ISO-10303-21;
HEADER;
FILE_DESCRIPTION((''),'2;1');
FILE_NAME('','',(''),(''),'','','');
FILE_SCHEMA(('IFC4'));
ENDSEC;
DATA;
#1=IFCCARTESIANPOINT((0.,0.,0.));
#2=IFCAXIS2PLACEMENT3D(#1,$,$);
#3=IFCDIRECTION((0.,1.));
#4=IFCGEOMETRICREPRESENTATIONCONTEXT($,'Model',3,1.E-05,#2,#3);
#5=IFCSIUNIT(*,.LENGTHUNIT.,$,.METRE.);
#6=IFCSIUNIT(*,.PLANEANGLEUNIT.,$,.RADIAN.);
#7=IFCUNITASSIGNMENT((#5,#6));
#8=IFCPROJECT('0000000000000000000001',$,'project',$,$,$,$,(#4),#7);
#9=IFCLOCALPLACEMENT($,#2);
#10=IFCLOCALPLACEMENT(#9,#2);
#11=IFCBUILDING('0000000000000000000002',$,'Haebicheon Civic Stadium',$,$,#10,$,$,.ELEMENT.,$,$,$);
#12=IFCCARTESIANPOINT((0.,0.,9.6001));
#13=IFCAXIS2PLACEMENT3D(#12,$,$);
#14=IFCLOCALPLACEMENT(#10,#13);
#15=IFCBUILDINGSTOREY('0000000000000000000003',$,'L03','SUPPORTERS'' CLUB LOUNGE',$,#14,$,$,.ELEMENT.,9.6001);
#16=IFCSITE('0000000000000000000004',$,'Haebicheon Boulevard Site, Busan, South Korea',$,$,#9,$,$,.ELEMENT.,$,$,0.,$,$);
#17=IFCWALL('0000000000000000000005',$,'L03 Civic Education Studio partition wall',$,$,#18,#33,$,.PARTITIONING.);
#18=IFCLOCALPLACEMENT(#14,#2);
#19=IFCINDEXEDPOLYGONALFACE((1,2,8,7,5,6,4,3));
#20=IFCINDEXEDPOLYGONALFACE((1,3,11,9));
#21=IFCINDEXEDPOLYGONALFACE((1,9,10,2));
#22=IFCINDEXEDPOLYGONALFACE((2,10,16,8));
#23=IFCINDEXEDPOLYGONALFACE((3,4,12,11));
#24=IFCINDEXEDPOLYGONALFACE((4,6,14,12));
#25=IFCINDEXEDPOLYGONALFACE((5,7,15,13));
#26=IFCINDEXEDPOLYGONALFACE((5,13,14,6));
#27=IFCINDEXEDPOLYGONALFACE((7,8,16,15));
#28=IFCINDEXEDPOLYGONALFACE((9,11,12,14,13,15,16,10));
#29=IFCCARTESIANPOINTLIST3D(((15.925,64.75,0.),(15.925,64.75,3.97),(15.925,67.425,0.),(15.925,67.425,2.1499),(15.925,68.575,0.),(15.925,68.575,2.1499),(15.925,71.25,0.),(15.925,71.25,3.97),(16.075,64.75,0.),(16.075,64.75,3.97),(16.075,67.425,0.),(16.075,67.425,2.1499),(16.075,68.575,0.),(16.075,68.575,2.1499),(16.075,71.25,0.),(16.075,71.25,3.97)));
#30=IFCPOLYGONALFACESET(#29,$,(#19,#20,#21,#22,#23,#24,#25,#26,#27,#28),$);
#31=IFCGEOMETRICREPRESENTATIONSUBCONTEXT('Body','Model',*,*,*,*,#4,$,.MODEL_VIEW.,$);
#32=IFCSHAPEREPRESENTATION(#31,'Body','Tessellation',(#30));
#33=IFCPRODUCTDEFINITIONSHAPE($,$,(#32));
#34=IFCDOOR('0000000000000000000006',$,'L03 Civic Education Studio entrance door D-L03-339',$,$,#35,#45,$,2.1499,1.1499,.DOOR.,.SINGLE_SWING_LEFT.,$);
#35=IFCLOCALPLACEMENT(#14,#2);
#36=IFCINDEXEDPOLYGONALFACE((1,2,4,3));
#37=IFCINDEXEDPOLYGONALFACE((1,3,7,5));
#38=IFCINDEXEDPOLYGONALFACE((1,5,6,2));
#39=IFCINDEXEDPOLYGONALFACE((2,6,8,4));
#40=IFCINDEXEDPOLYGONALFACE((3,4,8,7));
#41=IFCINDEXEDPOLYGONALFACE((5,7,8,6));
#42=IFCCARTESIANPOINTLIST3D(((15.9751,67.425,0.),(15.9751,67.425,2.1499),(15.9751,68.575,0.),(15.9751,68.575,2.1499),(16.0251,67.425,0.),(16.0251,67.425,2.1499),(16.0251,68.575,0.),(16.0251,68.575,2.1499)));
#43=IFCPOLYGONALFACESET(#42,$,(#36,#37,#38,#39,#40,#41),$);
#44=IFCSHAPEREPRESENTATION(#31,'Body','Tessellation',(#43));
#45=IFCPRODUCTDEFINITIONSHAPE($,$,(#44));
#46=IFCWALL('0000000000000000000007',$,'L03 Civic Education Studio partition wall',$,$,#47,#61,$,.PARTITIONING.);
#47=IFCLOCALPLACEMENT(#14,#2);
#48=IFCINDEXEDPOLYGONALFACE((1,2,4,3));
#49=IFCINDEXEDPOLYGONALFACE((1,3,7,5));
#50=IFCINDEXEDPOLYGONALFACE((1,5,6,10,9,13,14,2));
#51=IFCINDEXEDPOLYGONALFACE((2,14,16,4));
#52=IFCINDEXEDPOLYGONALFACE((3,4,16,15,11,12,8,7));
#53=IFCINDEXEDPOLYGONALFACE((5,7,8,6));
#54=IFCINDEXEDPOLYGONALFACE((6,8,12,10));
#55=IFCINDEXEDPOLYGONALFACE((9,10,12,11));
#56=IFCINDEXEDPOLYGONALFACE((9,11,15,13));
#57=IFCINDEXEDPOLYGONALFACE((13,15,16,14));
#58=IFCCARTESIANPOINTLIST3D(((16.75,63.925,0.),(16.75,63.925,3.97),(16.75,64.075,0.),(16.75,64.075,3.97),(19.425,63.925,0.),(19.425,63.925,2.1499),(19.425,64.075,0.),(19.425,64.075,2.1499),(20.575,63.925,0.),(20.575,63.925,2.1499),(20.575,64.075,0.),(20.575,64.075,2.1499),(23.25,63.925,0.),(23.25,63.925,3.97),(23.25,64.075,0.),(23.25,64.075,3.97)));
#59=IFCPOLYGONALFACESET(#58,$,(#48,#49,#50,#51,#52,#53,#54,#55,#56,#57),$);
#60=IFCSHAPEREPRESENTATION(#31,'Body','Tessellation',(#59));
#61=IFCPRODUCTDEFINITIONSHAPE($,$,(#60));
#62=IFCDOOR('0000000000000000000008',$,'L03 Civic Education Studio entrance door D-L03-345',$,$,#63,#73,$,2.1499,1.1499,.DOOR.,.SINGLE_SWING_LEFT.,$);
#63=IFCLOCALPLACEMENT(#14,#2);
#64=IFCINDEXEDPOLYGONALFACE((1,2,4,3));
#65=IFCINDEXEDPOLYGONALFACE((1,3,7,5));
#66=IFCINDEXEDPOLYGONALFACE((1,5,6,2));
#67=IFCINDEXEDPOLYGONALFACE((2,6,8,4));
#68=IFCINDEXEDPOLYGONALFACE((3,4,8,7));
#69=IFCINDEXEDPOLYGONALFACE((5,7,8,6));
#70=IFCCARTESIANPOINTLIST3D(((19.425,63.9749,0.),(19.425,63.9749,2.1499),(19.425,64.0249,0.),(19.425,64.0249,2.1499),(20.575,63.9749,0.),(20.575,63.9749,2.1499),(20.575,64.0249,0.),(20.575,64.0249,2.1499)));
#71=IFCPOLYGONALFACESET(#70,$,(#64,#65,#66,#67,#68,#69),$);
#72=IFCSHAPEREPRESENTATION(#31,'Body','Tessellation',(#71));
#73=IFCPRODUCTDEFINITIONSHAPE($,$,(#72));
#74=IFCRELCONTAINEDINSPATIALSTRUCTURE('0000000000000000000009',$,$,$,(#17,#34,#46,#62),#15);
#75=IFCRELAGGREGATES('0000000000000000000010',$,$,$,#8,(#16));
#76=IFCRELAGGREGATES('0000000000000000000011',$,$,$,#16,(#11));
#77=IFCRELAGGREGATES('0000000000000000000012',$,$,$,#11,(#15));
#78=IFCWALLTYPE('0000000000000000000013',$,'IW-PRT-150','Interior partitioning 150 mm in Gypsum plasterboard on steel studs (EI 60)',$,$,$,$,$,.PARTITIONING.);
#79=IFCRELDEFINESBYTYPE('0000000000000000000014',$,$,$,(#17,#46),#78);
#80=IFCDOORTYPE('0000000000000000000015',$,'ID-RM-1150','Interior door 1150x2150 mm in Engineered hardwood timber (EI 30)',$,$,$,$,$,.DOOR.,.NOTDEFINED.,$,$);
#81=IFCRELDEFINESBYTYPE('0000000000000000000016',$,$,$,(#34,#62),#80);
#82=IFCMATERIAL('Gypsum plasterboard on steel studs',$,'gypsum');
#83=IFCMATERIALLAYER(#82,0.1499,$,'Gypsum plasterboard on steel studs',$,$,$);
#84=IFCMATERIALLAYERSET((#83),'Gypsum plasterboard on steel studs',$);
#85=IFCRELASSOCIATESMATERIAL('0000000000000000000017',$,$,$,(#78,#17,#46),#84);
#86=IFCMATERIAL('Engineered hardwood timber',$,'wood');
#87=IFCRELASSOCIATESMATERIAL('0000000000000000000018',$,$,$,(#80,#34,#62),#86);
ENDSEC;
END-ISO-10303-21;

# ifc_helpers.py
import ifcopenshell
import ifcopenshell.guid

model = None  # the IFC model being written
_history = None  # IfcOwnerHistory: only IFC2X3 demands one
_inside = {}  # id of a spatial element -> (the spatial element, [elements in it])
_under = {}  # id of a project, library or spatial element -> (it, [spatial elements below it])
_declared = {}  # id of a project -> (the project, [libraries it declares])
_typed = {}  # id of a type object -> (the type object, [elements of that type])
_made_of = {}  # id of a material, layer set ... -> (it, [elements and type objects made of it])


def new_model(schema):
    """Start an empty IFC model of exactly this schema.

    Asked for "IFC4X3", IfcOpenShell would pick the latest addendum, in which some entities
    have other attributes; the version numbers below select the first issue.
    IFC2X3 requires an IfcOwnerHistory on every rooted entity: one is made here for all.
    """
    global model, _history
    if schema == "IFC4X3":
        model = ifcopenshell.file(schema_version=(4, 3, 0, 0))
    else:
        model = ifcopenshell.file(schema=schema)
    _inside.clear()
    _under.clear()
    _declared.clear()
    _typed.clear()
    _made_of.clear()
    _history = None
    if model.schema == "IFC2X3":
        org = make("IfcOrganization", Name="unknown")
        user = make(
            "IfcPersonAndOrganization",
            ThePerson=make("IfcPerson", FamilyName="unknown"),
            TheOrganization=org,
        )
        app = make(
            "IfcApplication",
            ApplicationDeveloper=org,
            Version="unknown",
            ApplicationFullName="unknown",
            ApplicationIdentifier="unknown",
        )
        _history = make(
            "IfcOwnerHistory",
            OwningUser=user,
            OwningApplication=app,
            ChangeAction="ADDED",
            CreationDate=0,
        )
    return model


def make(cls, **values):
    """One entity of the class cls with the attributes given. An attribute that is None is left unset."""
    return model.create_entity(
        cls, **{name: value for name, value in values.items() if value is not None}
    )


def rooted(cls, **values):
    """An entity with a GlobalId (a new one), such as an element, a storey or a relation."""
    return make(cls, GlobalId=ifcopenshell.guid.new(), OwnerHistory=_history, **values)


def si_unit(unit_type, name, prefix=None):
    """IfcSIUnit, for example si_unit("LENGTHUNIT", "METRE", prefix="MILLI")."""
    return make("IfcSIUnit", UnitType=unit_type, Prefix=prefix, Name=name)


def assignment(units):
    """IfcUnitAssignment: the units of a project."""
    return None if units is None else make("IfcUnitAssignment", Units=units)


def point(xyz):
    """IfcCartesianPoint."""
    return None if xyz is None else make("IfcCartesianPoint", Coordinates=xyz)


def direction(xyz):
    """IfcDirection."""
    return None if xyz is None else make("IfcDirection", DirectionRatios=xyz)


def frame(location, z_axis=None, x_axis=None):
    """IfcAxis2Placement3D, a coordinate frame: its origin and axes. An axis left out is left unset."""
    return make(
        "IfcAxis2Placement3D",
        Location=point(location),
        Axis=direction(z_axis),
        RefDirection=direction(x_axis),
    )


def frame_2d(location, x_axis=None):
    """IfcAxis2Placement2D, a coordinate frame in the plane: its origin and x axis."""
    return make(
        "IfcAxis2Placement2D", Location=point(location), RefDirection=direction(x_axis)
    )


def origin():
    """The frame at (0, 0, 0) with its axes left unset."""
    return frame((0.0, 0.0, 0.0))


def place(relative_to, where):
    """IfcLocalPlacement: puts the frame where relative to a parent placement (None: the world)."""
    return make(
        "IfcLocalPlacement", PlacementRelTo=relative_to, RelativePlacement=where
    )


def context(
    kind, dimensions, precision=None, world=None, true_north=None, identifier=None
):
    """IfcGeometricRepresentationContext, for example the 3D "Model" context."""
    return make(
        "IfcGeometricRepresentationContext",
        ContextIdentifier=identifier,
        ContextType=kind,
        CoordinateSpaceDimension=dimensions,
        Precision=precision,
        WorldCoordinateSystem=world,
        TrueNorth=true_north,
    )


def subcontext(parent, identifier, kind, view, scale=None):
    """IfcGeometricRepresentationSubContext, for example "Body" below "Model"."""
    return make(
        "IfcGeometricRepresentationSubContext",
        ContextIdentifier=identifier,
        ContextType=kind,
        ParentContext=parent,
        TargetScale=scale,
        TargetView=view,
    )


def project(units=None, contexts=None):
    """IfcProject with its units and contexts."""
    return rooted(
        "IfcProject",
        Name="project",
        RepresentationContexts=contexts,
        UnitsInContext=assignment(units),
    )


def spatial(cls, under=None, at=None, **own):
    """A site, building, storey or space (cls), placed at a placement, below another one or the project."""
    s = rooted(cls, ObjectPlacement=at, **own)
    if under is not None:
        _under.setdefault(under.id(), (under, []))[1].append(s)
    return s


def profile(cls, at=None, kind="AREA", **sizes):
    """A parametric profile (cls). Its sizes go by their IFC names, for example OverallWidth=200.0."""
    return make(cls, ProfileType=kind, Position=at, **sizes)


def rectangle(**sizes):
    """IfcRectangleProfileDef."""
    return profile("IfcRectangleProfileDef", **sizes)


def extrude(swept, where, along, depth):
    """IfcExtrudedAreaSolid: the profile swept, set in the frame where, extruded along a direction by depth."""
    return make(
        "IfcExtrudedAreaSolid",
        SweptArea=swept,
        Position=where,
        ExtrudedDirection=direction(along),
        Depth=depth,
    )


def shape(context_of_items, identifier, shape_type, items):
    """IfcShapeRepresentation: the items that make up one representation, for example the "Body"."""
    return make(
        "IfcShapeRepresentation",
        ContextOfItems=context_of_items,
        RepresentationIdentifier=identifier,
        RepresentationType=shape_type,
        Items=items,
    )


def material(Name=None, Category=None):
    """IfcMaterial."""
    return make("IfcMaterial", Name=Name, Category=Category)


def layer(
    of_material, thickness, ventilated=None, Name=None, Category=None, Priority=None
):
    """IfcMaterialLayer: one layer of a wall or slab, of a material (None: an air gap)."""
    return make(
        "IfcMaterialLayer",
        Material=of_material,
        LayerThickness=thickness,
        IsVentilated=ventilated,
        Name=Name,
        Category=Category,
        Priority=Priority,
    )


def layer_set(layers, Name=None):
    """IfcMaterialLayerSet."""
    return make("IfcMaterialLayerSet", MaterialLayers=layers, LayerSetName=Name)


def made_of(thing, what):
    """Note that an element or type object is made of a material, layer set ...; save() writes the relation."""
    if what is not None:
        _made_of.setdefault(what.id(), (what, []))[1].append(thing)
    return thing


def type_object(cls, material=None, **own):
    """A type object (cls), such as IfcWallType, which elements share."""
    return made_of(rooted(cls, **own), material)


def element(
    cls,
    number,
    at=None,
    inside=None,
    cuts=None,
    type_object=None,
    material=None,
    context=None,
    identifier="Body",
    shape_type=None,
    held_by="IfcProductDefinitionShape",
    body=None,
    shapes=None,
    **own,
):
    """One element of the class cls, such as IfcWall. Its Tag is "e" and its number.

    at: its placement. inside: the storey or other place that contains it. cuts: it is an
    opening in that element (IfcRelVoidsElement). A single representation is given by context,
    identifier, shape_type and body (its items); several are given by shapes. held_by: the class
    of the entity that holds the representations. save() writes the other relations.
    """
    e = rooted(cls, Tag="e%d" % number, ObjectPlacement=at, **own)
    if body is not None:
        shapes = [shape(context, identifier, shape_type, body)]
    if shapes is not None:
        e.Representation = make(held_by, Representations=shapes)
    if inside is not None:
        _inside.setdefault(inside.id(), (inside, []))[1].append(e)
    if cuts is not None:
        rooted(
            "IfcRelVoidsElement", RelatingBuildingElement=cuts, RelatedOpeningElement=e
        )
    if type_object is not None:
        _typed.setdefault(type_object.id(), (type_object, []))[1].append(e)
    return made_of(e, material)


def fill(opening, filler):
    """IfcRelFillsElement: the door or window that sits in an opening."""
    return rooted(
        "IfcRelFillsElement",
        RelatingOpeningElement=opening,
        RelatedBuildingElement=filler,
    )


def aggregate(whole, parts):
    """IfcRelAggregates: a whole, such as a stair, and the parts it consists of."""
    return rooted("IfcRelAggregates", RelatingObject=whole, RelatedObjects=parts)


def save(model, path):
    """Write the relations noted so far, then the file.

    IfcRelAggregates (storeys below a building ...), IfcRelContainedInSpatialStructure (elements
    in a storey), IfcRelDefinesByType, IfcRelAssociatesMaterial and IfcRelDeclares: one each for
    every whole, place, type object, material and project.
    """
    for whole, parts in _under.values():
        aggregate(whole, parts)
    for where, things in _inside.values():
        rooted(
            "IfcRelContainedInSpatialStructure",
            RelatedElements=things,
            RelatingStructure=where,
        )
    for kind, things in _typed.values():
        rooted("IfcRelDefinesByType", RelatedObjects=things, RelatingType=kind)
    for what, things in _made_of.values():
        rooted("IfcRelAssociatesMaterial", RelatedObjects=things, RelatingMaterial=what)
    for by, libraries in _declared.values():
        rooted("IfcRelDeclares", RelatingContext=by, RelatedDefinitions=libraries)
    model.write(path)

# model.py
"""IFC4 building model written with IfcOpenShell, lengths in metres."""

from ifc_helpers import new_model, si_unit, direction, frame, frame_2d, origin, place, context, subcontext, project, spatial, rectangle, extrude, material, layer, layer_set, type_object, element, fill, save


model = new_model("IFC4")

# Units and contexts
model_context = context("Model", 3, precision=1e-05, world=origin(), true_north=direction((0.0, 1.0)))
body_context = subcontext(model_context, "Body", "Model", "MODEL_VIEW")
ifc_project = project(units=[si_unit("LENGTHUNIT", "METRE"), si_unit("PLANEANGLEUNIT", "RADIAN")], contexts=[model_context])

# Site, building, storey
site_placement = place(None, origin())
site = spatial("IfcSite", under=ifc_project, at=site_placement, Name="Haebicheon Boulevard Site, Busan, South Korea", CompositionType="ELEMENT", RefElevation=0.0)
building_placement = place(site_placement, origin())
building = spatial("IfcBuilding", under=site, at=building_placement, Name="Haebicheon Civic Stadium", CompositionType="ELEMENT")
storey_placement = place(building_placement, frame((0.0, 0.0, 9.6001)))
storey = spatial("IfcBuildingStorey", under=building, at=storey_placement, Name="L03", Description="SUPPORTERS' CLUB LOUNGE", CompositionType="ELEMENT", Elevation=9.6001)

# Walls, openings, doors
ifc_material_1 = material(Name="Gypsum plasterboard on steel studs", Category="gypsum")
ifc_layer_1 = layer(ifc_material_1, 0.1499, Name="Gypsum plasterboard on steel studs")
ifc_layer_set_1 = layer_set([ifc_layer_1], Name="Gypsum plasterboard on steel studs")
wall_type_1 = type_object("IfcWallType", Name="IW-PRT-150", Description="Interior partitioning 150 mm in Gypsum plasterboard on steel studs (EI 60)", PredefinedType="PARTITIONING", material=ifc_layer_set_1)
wall_1_placement = place(storey_placement, frame((16.0, 64.75, 0.0), z_axis=(0.0, 0.0, 1.0), x_axis=(0.0, 1.0, 0.0)))
wall_1 = element("IfcWall", 1, at=wall_1_placement, inside=storey, type_object=wall_type_1, material=ifc_layer_set_1, Name="L03 Civic Education Studio partition wall", PredefinedType="PARTITIONING", context=body_context, shape_type="SweptSolid", body=[
    extrude(rectangle(XDim=6.5, YDim=0.1499, at=frame_2d((3.25, 0.0))), origin(), (0.0, 0.0, 1.0), 3.97),
])
opening_1_placement = place(wall_1_placement, frame((2.675, 0.0, 0.0)))
opening_1 = element("IfcOpeningElement", 2, at=opening_1_placement, cuts=wall_1, PredefinedType="OPENING", context=body_context, shape_type="SweptSolid", body=[
    extrude(rectangle(XDim=1.1499, YDim=2.1499, at=frame_2d((0.575, 1.075))), frame((0.0, 0.085, 0.0), z_axis=(0.0, -1.0, 0.0), x_axis=(1.0, 0.0, 0.0)), (0.0, 0.0, 1.0), 0.1699),
])
ifc_material_2 = material(Name="Engineered hardwood timber", Category="wood")
door_type = type_object("IfcDoorType", Name="ID-RM-1150", Description="Interior door 1150x2150 mm in Engineered hardwood timber (EI 30)", OperationType="NOTDEFINED", PredefinedType="DOOR", material=ifc_material_2)
door_1_placement = place(opening_1_placement, origin())
door_1 = element("IfcDoor", 3, at=door_1_placement, inside=storey, type_object=door_type, material=ifc_material_2, Name="L03 Civic Education Studio entrance door D-L03-339", OperationType="SINGLE_SWING_LEFT", OverallHeight=2.1499, OverallWidth=1.1499, PredefinedType="DOOR", context=body_context, shape_type="SweptSolid", body=[
    extrude(rectangle(XDim=1.1499, YDim=2.1499, at=frame_2d((0.575, 1.075))), frame((0.0, 0.0249, 0.0), z_axis=(0.0, -1.0, 0.0), x_axis=(1.0, 0.0, 0.0)), (0.0, 0.0, 1.0), 0.05),
])
fill(opening_1, door_1)
wall_2_placement = place(storey_placement, frame((16.75, 64.0, 0.0), z_axis=(0.0, 0.0, 1.0), x_axis=(1.0, 0.0, 0.0)))
wall_2 = element("IfcWall", 4, at=wall_2_placement, inside=storey, type_object=wall_type_1, material=ifc_layer_set_1, Name="L03 Civic Education Studio partition wall", PredefinedType="PARTITIONING", context=body_context, shape_type="SweptSolid", body=[
    extrude(rectangle(XDim=6.5, YDim=0.1499, at=frame_2d((3.25, 0.0))), origin(), (0.0, 0.0, 1.0), 3.97),
])
opening_2_placement = place(wall_2_placement, frame((2.675, 0.0, 0.0)))
opening_2 = element("IfcOpeningElement", 5, at=opening_2_placement, cuts=wall_2, PredefinedType="OPENING", context=body_context, shape_type="SweptSolid", body=[
    extrude(rectangle(XDim=1.1499, YDim=2.1499, at=frame_2d((0.575, 1.075))), frame((0.0, 0.085, 0.0), z_axis=(0.0, -1.0, 0.0), x_axis=(1.0, 0.0, 0.0)), (0.0, 0.0, 1.0), 0.1699),
])
door_2_placement = place(opening_2_placement, origin())
door_2 = element("IfcDoor", 6, at=door_2_placement, inside=storey, type_object=door_type, material=ifc_material_2, Name="L03 Civic Education Studio entrance door D-L03-345", OperationType="SINGLE_SWING_LEFT", OverallHeight=2.1499, OverallWidth=1.1499, PredefinedType="DOOR", context=body_context, shape_type="SweptSolid", body=[
    extrude(rectangle(XDim=1.1499, YDim=2.1499, at=frame_2d((0.575, 1.075))), frame((0.0, 0.0249, 0.0), z_axis=(0.0, -1.0, 0.0), x_axis=(1.0, 0.0, 0.0)), (0.0, 0.0, 1.0), 0.05),
])
fill(opening_2, door_2)

save(model, "model.ifc")
